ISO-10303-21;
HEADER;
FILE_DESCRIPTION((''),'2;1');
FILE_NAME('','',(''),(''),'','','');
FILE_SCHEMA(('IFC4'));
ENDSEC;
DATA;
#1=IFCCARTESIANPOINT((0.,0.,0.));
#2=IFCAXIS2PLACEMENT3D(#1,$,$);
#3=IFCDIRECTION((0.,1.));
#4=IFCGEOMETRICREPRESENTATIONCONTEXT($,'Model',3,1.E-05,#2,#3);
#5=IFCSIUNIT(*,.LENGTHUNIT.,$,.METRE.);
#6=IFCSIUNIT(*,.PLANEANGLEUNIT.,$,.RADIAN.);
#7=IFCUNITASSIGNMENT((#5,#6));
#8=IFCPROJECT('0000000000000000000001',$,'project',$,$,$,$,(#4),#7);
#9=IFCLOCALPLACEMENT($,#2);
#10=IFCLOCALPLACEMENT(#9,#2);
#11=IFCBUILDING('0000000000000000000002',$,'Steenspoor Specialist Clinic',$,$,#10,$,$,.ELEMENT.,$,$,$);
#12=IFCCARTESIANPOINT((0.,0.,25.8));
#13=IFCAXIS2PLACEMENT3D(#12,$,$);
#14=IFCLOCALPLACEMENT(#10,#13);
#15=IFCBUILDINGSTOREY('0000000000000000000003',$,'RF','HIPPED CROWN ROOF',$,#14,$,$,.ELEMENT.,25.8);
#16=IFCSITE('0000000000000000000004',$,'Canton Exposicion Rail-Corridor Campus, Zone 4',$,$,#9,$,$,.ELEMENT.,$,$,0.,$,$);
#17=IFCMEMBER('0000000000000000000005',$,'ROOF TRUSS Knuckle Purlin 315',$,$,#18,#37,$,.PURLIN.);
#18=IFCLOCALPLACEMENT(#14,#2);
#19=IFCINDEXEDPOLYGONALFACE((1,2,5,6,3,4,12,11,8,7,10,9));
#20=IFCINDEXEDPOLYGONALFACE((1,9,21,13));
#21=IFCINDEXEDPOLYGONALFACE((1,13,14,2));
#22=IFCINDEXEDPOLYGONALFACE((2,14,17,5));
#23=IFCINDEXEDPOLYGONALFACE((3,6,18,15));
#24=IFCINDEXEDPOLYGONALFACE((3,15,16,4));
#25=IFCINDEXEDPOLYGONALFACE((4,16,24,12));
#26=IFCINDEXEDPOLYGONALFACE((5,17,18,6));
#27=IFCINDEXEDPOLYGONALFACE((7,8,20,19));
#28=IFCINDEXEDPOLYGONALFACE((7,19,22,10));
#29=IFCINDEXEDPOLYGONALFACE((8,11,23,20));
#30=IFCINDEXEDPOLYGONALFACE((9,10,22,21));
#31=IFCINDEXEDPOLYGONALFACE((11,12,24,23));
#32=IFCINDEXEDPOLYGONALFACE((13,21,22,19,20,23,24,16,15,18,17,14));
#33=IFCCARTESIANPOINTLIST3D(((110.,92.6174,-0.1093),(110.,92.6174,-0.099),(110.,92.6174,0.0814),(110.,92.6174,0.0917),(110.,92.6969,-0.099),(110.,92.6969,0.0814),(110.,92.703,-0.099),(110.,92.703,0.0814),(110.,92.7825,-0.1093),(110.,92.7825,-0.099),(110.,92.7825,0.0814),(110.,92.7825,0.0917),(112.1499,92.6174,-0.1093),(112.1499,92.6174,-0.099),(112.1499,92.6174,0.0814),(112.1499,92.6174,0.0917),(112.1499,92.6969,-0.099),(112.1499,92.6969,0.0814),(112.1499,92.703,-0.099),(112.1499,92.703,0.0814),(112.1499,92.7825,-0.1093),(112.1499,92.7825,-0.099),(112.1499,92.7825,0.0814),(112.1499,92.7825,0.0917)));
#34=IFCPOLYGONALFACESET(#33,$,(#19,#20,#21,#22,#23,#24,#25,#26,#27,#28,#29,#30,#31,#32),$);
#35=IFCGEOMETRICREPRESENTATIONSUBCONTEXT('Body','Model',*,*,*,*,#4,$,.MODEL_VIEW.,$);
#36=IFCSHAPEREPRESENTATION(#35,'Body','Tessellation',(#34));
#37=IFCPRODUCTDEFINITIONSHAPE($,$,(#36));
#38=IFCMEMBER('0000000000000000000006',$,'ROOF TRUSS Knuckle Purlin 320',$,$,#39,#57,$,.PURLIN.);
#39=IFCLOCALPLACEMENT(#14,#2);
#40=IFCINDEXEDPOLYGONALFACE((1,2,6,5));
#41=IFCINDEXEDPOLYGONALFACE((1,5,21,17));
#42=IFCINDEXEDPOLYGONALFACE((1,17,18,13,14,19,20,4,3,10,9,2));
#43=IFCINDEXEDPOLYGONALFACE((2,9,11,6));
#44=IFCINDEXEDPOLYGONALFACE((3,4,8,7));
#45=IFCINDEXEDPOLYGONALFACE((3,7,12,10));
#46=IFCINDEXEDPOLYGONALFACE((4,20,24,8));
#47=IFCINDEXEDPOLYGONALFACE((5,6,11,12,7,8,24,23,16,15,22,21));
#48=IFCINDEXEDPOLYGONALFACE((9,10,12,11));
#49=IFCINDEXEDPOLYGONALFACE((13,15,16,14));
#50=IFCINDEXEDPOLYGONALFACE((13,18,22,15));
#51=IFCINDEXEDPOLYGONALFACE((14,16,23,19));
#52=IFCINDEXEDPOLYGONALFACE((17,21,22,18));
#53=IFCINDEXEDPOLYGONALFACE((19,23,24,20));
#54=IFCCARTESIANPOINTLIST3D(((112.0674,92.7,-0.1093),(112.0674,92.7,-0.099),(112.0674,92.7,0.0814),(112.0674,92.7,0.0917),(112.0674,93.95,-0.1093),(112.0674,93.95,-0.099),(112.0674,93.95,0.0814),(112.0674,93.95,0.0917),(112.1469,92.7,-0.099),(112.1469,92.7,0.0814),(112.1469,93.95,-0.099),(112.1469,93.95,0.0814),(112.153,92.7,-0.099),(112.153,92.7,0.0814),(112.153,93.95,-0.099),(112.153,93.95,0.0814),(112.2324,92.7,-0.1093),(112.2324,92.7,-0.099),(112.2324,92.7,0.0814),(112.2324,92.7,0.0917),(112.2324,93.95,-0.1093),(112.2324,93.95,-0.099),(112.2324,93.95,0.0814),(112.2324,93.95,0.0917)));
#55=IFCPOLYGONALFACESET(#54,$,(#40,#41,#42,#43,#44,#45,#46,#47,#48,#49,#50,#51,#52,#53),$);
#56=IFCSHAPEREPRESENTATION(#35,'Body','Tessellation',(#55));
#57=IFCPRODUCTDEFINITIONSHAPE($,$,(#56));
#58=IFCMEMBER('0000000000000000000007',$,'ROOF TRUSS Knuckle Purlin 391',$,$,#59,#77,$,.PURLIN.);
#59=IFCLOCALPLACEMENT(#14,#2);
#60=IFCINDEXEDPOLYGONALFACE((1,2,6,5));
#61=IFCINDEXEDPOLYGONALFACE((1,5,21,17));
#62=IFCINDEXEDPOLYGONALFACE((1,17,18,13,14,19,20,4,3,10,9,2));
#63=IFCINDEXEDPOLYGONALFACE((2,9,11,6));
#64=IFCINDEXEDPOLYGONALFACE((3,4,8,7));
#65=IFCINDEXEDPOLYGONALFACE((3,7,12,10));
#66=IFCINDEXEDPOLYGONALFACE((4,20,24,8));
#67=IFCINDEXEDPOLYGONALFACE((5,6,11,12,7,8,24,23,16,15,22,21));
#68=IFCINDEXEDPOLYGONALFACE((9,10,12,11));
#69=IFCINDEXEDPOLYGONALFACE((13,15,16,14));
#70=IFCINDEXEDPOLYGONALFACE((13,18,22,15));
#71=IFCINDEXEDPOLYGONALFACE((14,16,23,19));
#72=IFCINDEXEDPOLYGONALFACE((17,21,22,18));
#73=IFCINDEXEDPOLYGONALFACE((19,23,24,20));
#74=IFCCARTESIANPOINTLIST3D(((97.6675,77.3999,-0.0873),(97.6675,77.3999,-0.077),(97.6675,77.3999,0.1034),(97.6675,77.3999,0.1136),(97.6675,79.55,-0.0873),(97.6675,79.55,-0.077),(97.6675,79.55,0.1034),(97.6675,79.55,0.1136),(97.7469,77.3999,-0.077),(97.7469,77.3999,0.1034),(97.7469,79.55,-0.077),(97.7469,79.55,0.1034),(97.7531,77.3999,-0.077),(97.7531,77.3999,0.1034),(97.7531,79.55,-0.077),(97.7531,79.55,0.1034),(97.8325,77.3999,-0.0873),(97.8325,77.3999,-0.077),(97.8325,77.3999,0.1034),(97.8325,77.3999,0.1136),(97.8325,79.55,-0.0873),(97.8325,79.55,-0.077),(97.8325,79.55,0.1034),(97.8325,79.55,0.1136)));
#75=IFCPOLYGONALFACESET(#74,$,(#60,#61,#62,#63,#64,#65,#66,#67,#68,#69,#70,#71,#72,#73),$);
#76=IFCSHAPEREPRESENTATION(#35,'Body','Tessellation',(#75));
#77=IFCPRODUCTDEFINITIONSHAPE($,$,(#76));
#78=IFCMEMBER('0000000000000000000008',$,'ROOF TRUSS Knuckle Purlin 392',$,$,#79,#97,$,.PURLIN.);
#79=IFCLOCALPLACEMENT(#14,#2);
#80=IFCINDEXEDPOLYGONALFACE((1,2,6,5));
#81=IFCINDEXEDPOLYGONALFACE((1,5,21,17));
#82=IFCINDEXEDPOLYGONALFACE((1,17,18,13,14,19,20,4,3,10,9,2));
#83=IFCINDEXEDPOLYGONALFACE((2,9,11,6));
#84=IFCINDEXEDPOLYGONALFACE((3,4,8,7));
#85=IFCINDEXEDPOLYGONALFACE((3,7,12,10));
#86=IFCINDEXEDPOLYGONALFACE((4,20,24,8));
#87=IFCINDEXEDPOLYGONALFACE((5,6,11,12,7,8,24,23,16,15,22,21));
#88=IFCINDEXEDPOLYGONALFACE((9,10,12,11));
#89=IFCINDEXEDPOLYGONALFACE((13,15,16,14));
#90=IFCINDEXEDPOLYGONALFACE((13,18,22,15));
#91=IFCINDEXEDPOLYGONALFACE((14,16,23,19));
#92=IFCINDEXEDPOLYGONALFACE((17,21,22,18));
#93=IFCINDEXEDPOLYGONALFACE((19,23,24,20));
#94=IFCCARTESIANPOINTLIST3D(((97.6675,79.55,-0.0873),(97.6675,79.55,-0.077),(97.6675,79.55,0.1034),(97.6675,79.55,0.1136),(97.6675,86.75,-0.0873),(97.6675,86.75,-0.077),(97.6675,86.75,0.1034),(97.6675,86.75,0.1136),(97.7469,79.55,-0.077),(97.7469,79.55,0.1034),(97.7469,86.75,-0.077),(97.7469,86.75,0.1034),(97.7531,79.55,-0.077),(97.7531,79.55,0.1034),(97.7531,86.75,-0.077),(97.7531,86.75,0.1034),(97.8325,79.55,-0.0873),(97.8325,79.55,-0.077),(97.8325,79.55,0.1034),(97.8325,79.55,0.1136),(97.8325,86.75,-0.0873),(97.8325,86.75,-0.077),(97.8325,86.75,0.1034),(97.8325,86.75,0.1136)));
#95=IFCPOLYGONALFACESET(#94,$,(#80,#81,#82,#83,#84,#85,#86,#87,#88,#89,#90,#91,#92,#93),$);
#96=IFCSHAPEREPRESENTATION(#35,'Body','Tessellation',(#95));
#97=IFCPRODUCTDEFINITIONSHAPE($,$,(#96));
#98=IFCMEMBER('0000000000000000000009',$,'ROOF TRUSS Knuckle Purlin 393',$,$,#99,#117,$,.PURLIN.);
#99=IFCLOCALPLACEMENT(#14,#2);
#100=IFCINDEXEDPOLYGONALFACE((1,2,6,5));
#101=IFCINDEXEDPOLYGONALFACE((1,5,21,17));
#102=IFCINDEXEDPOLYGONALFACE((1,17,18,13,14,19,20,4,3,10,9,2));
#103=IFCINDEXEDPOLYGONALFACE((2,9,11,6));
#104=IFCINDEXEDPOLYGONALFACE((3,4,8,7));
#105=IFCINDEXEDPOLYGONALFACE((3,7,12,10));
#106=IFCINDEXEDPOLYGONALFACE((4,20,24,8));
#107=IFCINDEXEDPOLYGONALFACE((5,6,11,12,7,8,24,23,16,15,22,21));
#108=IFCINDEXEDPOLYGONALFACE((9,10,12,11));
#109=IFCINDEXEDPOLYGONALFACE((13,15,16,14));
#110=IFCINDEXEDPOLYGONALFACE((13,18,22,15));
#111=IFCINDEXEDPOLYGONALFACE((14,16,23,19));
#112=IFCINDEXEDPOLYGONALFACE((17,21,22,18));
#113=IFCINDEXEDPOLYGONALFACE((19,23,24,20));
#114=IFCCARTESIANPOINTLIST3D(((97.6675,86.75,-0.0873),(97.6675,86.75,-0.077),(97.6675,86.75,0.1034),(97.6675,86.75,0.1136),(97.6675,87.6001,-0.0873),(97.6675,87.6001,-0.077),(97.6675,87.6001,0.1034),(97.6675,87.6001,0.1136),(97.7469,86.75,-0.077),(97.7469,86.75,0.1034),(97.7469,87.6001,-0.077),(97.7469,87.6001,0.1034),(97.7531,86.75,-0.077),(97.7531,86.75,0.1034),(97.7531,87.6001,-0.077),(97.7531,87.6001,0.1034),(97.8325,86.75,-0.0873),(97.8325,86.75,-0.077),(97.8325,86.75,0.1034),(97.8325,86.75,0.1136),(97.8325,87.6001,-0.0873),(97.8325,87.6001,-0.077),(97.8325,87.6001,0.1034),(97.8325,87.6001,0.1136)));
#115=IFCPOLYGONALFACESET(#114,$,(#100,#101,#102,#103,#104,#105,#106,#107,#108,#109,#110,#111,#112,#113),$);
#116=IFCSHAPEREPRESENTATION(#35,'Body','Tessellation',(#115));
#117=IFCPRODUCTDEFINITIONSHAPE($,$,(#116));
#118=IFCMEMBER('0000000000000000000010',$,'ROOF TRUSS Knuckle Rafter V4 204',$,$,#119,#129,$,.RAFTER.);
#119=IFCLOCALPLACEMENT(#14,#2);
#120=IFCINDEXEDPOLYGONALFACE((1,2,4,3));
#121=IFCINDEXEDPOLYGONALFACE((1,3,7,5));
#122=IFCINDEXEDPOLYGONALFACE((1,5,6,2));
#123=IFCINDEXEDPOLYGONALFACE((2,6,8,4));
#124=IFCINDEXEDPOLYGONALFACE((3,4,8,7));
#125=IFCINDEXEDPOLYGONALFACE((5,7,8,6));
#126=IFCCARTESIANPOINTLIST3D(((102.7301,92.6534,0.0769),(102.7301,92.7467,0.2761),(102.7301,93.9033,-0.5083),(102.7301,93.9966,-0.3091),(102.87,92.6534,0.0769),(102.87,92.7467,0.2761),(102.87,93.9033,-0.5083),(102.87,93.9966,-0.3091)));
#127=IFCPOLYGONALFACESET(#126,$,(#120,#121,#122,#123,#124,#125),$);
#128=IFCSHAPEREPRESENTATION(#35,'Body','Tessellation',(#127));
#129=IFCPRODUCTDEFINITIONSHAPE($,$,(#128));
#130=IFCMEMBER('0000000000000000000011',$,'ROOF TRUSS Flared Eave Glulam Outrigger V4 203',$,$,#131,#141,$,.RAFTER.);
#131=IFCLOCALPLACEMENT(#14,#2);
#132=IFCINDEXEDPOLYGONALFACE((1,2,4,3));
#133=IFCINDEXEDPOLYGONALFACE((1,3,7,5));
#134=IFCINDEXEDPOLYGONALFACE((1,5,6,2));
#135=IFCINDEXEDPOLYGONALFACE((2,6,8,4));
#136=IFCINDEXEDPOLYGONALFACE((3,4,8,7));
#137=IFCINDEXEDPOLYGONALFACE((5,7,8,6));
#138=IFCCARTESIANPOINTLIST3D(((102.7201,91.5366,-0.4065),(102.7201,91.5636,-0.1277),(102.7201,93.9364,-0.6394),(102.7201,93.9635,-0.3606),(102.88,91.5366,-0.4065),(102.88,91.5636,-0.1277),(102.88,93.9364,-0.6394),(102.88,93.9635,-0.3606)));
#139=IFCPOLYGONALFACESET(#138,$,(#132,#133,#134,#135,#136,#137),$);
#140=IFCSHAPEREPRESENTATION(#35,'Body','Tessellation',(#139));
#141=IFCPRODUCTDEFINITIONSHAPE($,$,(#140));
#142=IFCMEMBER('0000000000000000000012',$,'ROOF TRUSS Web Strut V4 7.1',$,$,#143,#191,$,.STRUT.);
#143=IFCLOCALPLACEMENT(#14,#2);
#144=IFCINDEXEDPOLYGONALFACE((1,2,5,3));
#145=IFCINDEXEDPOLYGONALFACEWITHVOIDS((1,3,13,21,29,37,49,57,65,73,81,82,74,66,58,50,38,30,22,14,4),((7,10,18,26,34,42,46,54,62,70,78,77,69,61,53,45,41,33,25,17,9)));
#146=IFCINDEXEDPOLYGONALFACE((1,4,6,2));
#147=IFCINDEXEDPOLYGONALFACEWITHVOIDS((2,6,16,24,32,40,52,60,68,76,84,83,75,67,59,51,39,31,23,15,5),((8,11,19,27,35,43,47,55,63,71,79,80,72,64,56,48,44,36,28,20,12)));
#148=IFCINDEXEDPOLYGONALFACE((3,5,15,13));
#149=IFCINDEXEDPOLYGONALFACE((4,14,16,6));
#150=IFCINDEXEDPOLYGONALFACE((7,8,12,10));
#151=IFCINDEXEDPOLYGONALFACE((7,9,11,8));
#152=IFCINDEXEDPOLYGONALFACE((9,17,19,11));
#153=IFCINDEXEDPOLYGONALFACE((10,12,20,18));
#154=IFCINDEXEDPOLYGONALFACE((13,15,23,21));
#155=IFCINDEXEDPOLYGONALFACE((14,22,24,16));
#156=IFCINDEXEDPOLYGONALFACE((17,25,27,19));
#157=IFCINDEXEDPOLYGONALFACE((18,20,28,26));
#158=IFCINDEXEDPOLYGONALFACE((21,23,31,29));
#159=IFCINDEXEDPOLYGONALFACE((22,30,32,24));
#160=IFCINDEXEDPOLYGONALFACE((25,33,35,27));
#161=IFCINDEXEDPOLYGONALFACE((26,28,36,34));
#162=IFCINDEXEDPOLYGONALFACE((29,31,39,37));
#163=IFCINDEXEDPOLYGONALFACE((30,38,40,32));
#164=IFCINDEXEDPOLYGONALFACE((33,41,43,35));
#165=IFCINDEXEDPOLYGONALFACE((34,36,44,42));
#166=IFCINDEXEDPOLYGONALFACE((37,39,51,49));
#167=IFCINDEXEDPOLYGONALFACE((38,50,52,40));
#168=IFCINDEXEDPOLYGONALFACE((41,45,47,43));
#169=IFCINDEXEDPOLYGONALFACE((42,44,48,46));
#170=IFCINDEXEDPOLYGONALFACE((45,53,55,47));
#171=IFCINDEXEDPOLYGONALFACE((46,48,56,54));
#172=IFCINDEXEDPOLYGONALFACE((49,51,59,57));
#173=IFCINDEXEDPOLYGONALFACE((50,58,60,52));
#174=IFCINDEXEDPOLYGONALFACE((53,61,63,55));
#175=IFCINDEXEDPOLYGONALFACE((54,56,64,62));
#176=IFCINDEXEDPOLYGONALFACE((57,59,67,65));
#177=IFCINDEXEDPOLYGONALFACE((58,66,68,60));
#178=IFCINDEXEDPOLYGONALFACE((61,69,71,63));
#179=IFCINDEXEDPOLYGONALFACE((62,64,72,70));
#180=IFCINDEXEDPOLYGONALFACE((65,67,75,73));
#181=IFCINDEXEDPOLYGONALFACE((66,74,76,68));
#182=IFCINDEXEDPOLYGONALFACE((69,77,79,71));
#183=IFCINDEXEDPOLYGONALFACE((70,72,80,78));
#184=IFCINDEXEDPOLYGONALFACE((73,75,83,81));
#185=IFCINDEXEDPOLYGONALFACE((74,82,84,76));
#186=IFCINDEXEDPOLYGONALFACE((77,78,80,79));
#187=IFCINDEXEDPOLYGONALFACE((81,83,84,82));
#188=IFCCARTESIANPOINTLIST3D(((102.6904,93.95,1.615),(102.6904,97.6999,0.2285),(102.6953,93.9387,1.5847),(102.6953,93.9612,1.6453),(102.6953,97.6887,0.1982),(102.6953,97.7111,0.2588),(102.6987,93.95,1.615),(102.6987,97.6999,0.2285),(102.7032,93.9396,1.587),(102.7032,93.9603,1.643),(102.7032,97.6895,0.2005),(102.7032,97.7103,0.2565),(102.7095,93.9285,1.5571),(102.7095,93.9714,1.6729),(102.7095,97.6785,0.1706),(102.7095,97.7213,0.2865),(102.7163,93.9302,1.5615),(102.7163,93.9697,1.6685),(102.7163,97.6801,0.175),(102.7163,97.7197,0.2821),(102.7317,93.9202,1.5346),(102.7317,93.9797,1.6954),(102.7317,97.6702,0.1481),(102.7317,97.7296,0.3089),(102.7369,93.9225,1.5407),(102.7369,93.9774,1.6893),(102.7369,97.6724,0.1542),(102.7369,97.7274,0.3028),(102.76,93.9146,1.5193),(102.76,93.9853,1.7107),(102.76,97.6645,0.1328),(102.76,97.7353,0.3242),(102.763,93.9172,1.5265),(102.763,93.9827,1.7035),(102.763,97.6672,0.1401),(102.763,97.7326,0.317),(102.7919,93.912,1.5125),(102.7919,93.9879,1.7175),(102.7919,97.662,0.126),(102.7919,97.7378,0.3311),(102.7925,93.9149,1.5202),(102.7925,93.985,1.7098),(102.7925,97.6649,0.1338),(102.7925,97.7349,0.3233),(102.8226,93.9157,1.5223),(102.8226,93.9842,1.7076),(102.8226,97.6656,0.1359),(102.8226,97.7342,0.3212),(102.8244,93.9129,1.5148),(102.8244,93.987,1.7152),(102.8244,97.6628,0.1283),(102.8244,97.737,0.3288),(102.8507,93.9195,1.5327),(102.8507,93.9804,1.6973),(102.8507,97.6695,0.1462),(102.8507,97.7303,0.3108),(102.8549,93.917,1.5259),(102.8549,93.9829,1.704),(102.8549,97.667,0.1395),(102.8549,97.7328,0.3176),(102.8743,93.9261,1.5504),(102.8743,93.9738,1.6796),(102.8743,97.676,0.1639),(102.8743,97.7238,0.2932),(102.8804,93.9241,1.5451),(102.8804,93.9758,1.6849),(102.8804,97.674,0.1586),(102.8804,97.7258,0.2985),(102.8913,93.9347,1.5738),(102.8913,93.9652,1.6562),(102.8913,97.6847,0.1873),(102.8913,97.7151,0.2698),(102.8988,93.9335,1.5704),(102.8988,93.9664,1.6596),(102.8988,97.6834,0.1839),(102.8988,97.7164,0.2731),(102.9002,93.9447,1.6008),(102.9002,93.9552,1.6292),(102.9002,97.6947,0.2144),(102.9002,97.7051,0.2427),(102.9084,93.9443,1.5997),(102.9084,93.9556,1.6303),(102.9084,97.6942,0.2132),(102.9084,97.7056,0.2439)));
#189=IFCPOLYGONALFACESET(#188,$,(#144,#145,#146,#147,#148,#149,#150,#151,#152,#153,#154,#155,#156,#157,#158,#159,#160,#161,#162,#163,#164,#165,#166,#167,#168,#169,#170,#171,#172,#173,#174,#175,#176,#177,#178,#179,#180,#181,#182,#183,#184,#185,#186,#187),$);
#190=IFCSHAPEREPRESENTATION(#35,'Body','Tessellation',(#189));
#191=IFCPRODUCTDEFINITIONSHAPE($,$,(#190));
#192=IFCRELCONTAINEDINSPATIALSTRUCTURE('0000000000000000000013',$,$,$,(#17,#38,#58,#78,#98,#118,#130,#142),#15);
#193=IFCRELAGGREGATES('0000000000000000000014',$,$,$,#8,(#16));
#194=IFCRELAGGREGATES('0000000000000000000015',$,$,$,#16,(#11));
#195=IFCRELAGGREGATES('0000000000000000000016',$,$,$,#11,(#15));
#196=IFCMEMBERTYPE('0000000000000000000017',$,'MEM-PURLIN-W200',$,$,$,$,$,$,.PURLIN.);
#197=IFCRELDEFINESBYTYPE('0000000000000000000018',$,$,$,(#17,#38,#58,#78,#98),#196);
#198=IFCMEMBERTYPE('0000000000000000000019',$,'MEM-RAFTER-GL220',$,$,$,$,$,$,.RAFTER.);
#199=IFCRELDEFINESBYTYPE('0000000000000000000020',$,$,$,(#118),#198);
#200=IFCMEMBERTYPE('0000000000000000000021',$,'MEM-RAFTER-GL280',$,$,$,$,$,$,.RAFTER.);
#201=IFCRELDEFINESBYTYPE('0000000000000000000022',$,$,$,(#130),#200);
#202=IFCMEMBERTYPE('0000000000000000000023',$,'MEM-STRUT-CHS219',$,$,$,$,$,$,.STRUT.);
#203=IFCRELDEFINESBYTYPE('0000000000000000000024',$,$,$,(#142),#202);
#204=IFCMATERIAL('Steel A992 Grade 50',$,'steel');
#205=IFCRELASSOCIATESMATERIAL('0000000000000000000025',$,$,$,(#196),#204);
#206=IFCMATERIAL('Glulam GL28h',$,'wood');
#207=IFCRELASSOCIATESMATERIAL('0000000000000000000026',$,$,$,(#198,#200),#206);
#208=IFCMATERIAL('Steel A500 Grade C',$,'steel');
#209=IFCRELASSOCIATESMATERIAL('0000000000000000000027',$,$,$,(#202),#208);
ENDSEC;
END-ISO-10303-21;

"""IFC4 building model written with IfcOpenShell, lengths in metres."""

from ifc_helpers import new_model, si_unit, direction, frame, origin, origin_2d, place, context, subcontext, project, spatial, rectangle, hollow_circle, i_section, extrude, material, material_profile, profile_set, type_object, element, save


model = new_model("IFC4")

# Units and contexts
model_context = context("Model", 3, precision=1e-05, world=origin(), true_north=direction((0.0, 1.0)))
body_context = subcontext(model_context, "Body", "Model", "MODEL_VIEW")
ifc_project = project(units=[si_unit("LENGTHUNIT", "METRE"), si_unit("PLANEANGLEUNIT", "RADIAN")], contexts=[model_context])

# Site, building, storey
site_placement = place(None, origin())
site = spatial("IfcSite", under=ifc_project, at=site_placement, Name="Canton Exposicion Rail-Corridor Campus, Zone 4", CompositionType="ELEMENT", RefElevation=0.0)
building_placement = place(site_placement, origin())
building = spatial("IfcBuilding", under=site, at=building_placement, Name="Steenspoor Specialist Clinic", CompositionType="ELEMENT")
storey_placement = place(building_placement, frame((0.0, 0.0, 25.8)))
storey = spatial("IfcBuildingStorey", under=building, at=storey_placement, Name="RF", Description="HIPPED CROWN ROOF", CompositionType="ELEMENT", Elevation=25.8)

# Shared definitions
ifc_material_1 = material(Name="Steel A992 Grade 50", Category="steel")

# Members
ifc_material_2 = material(Name="Steel A500 Grade C", Category="steel")
ifc_material_profile_1 = material_profile(ifc_material_1, i_section(OverallWidth=0.165, OverallDepth=0.2009, WebThickness=0.0061, FlangeThickness=0.0103, at=origin_2d()), Name="W200X36")
ifc_profile_set_1 = profile_set([ifc_material_profile_1], Name="Steel A992 Grade 50")
member_type_1 = type_object("IfcMemberType", Name="MEM-PURLIN-W200", PredefinedType="PURLIN", material=ifc_profile_set_1)
member_1_placement = place(storey_placement, frame((110.0, 92.7, -0.0088), z_axis=(1.0, 0.0, 0.0), x_axis=(0.0, 1.0, 0.0)))
element("IfcMember", 1, at=member_1_placement, inside=storey, type_object=member_type_1, Name="ROOF TRUSS Knuckle Purlin 315", PredefinedType="PURLIN", context=body_context, shape_type="SweptSolid", body=[
    extrude(i_section(OverallWidth=0.165, OverallDepth=0.2009, WebThickness=0.0061, FlangeThickness=0.0103, at=origin_2d()), origin(), (0.0, 0.0, 1.0), 2.1499),
])
member_2_placement = place(storey_placement, frame((112.1499, 92.7, -0.0088), z_axis=(0.0, 1.0, 0.0), x_axis=(-1.0, 0.0, 0.0)))
element("IfcMember", 2, at=member_2_placement, inside=storey, type_object=member_type_1, Name="ROOF TRUSS Knuckle Purlin 320", PredefinedType="PURLIN", context=body_context, shape_type="SweptSolid", body=[
    extrude(i_section(OverallWidth=0.165, OverallDepth=0.2009, WebThickness=0.0061, FlangeThickness=0.0103, at=origin_2d()), origin(), (0.0, 0.0, 1.0), 1.25),
])
member_3_placement = place(storey_placement, frame((97.75, 77.3999, 0.0132), z_axis=(0.0, 1.0, 0.0), x_axis=(-1.0, 0.0, 0.0)))
element("IfcMember", 3, at=member_3_placement, inside=storey, type_object=member_type_1, Name="ROOF TRUSS Knuckle Purlin 391", PredefinedType="PURLIN", context=body_context, shape_type="SweptSolid", body=[
    extrude(i_section(OverallWidth=0.165, OverallDepth=0.2009, WebThickness=0.0061, FlangeThickness=0.0103, at=origin_2d()), origin(), (0.0, 0.0, 1.0), 2.1501),
])
member_4_placement = place(storey_placement, frame((97.75, 79.55, 0.0132), z_axis=(0.0, 1.0, 0.0), x_axis=(-1.0, 0.0, 0.0)))
element("IfcMember", 4, at=member_4_placement, inside=storey, type_object=member_type_1, Name="ROOF TRUSS Knuckle Purlin 392", PredefinedType="PURLIN", context=body_context, shape_type="SweptSolid", body=[
    extrude(i_section(OverallWidth=0.165, OverallDepth=0.2009, WebThickness=0.0061, FlangeThickness=0.0103, at=origin_2d()), origin(), (0.0, 0.0, 1.0), 7.2),
])
member_5_placement = place(storey_placement, frame((97.75, 86.75, 0.0132), z_axis=(0.0, 1.0, 0.0), x_axis=(-1.0, 0.0, 0.0)))
element("IfcMember", 5, at=member_5_placement, inside=storey, type_object=member_type_1, Name="ROOF TRUSS Knuckle Purlin 393", PredefinedType="PURLIN", context=body_context, shape_type="SweptSolid", body=[
    extrude(i_section(OverallWidth=0.165, OverallDepth=0.2009, WebThickness=0.0061, FlangeThickness=0.0103, at=origin_2d()), origin(), (0.0, 0.0, 1.0), 0.8501),
])
ifc_material_3 = material(Name="Glulam GL28h", Category="wood")
ifc_material_profile_2 = material_profile(ifc_material_3, rectangle(XDim=0.1399, YDim=0.22, at=origin_2d()), Name="GL28H-140X220")
ifc_profile_set_2 = profile_set([ifc_material_profile_2], Name="Glulam GL28h")
member_type_2 = type_object("IfcMemberType", Name="MEM-RAFTER-GL220", PredefinedType="RAFTER", material=ifc_profile_set_2)
member_6_placement = place(storey_placement, frame((102.8, 93.95, -0.4087), z_axis=(0.0, -0.905663, 0.423999), x_axis=(1.0, 0.0, 0.0)))
element("IfcMember", 6, at=member_6_placement, inside=storey, type_object=member_type_2, Name="ROOF TRUSS Knuckle Rafter V4 204", PredefinedType="RAFTER", context=body_context, shape_type="SweptSolid", body=[
    extrude(rectangle(XDim=0.1399, YDim=0.22, at=origin_2d()), origin(), (0.0, 0.0, 1.0), 1.3801),
])
ifc_material_profile_3 = material_profile(ifc_material_3, rectangle(XDim=0.1599, YDim=0.28, at=origin_2d()), Name="GL28H-160X280")
ifc_profile_set_3 = profile_set([ifc_material_profile_3], Name="Glulam GL28h")
member_type_3 = type_object("IfcMemberType", Name="MEM-RAFTER-GL280", PredefinedType="RAFTER", material=ifc_profile_set_3)
member_7_placement = place(storey_placement, frame((102.8, 93.95, -0.5), z_axis=(0.0, -0.995324, 0.096596), x_axis=(1.0, 0.0, 0.0)))
element("IfcMember", 7, at=member_7_placement, inside=storey, type_object=member_type_3, Name="ROOF TRUSS Flared Eave Glulam Outrigger V4 203", PredefinedType="RAFTER", context=body_context, shape_type="SweptSolid", body=[
    extrude(rectangle(XDim=0.1599, YDim=0.28, at=origin_2d()), origin(), (0.0, 0.0, 1.0), 2.4111),
])
ifc_material_profile_4 = material_profile(ifc_material_2, hollow_circle(Radius=0.1096, WallThickness=0.0083, at=origin_2d()), Name="CHS219X8.2")
ifc_profile_set_4 = profile_set([ifc_material_profile_4], Name="Steel A500 Grade C")
member_type_4 = type_object("IfcMemberType", Name="MEM-STRUT-CHS219", PredefinedType="STRUT", material=ifc_profile_set_4)
member_8_placement = place(storey_placement, frame((102.8, 93.95, 1.615), z_axis=(0.0, 0.937945, -0.346783), x_axis=(-1.0, 0.0, 0.0)))
element("IfcMember", 8, at=member_8_placement, inside=storey, type_object=member_type_4, Name="ROOF TRUSS Web Strut V4 7.1", PredefinedType="STRUT", context=body_context, shape_type="SweptSolid", body=[
    extrude(hollow_circle(Radius=0.1096, WallThickness=0.0083, at=origin_2d()), origin(), (0.0, 0.0, 1.0), 3.998),
])

save(model, "model.ifc")
